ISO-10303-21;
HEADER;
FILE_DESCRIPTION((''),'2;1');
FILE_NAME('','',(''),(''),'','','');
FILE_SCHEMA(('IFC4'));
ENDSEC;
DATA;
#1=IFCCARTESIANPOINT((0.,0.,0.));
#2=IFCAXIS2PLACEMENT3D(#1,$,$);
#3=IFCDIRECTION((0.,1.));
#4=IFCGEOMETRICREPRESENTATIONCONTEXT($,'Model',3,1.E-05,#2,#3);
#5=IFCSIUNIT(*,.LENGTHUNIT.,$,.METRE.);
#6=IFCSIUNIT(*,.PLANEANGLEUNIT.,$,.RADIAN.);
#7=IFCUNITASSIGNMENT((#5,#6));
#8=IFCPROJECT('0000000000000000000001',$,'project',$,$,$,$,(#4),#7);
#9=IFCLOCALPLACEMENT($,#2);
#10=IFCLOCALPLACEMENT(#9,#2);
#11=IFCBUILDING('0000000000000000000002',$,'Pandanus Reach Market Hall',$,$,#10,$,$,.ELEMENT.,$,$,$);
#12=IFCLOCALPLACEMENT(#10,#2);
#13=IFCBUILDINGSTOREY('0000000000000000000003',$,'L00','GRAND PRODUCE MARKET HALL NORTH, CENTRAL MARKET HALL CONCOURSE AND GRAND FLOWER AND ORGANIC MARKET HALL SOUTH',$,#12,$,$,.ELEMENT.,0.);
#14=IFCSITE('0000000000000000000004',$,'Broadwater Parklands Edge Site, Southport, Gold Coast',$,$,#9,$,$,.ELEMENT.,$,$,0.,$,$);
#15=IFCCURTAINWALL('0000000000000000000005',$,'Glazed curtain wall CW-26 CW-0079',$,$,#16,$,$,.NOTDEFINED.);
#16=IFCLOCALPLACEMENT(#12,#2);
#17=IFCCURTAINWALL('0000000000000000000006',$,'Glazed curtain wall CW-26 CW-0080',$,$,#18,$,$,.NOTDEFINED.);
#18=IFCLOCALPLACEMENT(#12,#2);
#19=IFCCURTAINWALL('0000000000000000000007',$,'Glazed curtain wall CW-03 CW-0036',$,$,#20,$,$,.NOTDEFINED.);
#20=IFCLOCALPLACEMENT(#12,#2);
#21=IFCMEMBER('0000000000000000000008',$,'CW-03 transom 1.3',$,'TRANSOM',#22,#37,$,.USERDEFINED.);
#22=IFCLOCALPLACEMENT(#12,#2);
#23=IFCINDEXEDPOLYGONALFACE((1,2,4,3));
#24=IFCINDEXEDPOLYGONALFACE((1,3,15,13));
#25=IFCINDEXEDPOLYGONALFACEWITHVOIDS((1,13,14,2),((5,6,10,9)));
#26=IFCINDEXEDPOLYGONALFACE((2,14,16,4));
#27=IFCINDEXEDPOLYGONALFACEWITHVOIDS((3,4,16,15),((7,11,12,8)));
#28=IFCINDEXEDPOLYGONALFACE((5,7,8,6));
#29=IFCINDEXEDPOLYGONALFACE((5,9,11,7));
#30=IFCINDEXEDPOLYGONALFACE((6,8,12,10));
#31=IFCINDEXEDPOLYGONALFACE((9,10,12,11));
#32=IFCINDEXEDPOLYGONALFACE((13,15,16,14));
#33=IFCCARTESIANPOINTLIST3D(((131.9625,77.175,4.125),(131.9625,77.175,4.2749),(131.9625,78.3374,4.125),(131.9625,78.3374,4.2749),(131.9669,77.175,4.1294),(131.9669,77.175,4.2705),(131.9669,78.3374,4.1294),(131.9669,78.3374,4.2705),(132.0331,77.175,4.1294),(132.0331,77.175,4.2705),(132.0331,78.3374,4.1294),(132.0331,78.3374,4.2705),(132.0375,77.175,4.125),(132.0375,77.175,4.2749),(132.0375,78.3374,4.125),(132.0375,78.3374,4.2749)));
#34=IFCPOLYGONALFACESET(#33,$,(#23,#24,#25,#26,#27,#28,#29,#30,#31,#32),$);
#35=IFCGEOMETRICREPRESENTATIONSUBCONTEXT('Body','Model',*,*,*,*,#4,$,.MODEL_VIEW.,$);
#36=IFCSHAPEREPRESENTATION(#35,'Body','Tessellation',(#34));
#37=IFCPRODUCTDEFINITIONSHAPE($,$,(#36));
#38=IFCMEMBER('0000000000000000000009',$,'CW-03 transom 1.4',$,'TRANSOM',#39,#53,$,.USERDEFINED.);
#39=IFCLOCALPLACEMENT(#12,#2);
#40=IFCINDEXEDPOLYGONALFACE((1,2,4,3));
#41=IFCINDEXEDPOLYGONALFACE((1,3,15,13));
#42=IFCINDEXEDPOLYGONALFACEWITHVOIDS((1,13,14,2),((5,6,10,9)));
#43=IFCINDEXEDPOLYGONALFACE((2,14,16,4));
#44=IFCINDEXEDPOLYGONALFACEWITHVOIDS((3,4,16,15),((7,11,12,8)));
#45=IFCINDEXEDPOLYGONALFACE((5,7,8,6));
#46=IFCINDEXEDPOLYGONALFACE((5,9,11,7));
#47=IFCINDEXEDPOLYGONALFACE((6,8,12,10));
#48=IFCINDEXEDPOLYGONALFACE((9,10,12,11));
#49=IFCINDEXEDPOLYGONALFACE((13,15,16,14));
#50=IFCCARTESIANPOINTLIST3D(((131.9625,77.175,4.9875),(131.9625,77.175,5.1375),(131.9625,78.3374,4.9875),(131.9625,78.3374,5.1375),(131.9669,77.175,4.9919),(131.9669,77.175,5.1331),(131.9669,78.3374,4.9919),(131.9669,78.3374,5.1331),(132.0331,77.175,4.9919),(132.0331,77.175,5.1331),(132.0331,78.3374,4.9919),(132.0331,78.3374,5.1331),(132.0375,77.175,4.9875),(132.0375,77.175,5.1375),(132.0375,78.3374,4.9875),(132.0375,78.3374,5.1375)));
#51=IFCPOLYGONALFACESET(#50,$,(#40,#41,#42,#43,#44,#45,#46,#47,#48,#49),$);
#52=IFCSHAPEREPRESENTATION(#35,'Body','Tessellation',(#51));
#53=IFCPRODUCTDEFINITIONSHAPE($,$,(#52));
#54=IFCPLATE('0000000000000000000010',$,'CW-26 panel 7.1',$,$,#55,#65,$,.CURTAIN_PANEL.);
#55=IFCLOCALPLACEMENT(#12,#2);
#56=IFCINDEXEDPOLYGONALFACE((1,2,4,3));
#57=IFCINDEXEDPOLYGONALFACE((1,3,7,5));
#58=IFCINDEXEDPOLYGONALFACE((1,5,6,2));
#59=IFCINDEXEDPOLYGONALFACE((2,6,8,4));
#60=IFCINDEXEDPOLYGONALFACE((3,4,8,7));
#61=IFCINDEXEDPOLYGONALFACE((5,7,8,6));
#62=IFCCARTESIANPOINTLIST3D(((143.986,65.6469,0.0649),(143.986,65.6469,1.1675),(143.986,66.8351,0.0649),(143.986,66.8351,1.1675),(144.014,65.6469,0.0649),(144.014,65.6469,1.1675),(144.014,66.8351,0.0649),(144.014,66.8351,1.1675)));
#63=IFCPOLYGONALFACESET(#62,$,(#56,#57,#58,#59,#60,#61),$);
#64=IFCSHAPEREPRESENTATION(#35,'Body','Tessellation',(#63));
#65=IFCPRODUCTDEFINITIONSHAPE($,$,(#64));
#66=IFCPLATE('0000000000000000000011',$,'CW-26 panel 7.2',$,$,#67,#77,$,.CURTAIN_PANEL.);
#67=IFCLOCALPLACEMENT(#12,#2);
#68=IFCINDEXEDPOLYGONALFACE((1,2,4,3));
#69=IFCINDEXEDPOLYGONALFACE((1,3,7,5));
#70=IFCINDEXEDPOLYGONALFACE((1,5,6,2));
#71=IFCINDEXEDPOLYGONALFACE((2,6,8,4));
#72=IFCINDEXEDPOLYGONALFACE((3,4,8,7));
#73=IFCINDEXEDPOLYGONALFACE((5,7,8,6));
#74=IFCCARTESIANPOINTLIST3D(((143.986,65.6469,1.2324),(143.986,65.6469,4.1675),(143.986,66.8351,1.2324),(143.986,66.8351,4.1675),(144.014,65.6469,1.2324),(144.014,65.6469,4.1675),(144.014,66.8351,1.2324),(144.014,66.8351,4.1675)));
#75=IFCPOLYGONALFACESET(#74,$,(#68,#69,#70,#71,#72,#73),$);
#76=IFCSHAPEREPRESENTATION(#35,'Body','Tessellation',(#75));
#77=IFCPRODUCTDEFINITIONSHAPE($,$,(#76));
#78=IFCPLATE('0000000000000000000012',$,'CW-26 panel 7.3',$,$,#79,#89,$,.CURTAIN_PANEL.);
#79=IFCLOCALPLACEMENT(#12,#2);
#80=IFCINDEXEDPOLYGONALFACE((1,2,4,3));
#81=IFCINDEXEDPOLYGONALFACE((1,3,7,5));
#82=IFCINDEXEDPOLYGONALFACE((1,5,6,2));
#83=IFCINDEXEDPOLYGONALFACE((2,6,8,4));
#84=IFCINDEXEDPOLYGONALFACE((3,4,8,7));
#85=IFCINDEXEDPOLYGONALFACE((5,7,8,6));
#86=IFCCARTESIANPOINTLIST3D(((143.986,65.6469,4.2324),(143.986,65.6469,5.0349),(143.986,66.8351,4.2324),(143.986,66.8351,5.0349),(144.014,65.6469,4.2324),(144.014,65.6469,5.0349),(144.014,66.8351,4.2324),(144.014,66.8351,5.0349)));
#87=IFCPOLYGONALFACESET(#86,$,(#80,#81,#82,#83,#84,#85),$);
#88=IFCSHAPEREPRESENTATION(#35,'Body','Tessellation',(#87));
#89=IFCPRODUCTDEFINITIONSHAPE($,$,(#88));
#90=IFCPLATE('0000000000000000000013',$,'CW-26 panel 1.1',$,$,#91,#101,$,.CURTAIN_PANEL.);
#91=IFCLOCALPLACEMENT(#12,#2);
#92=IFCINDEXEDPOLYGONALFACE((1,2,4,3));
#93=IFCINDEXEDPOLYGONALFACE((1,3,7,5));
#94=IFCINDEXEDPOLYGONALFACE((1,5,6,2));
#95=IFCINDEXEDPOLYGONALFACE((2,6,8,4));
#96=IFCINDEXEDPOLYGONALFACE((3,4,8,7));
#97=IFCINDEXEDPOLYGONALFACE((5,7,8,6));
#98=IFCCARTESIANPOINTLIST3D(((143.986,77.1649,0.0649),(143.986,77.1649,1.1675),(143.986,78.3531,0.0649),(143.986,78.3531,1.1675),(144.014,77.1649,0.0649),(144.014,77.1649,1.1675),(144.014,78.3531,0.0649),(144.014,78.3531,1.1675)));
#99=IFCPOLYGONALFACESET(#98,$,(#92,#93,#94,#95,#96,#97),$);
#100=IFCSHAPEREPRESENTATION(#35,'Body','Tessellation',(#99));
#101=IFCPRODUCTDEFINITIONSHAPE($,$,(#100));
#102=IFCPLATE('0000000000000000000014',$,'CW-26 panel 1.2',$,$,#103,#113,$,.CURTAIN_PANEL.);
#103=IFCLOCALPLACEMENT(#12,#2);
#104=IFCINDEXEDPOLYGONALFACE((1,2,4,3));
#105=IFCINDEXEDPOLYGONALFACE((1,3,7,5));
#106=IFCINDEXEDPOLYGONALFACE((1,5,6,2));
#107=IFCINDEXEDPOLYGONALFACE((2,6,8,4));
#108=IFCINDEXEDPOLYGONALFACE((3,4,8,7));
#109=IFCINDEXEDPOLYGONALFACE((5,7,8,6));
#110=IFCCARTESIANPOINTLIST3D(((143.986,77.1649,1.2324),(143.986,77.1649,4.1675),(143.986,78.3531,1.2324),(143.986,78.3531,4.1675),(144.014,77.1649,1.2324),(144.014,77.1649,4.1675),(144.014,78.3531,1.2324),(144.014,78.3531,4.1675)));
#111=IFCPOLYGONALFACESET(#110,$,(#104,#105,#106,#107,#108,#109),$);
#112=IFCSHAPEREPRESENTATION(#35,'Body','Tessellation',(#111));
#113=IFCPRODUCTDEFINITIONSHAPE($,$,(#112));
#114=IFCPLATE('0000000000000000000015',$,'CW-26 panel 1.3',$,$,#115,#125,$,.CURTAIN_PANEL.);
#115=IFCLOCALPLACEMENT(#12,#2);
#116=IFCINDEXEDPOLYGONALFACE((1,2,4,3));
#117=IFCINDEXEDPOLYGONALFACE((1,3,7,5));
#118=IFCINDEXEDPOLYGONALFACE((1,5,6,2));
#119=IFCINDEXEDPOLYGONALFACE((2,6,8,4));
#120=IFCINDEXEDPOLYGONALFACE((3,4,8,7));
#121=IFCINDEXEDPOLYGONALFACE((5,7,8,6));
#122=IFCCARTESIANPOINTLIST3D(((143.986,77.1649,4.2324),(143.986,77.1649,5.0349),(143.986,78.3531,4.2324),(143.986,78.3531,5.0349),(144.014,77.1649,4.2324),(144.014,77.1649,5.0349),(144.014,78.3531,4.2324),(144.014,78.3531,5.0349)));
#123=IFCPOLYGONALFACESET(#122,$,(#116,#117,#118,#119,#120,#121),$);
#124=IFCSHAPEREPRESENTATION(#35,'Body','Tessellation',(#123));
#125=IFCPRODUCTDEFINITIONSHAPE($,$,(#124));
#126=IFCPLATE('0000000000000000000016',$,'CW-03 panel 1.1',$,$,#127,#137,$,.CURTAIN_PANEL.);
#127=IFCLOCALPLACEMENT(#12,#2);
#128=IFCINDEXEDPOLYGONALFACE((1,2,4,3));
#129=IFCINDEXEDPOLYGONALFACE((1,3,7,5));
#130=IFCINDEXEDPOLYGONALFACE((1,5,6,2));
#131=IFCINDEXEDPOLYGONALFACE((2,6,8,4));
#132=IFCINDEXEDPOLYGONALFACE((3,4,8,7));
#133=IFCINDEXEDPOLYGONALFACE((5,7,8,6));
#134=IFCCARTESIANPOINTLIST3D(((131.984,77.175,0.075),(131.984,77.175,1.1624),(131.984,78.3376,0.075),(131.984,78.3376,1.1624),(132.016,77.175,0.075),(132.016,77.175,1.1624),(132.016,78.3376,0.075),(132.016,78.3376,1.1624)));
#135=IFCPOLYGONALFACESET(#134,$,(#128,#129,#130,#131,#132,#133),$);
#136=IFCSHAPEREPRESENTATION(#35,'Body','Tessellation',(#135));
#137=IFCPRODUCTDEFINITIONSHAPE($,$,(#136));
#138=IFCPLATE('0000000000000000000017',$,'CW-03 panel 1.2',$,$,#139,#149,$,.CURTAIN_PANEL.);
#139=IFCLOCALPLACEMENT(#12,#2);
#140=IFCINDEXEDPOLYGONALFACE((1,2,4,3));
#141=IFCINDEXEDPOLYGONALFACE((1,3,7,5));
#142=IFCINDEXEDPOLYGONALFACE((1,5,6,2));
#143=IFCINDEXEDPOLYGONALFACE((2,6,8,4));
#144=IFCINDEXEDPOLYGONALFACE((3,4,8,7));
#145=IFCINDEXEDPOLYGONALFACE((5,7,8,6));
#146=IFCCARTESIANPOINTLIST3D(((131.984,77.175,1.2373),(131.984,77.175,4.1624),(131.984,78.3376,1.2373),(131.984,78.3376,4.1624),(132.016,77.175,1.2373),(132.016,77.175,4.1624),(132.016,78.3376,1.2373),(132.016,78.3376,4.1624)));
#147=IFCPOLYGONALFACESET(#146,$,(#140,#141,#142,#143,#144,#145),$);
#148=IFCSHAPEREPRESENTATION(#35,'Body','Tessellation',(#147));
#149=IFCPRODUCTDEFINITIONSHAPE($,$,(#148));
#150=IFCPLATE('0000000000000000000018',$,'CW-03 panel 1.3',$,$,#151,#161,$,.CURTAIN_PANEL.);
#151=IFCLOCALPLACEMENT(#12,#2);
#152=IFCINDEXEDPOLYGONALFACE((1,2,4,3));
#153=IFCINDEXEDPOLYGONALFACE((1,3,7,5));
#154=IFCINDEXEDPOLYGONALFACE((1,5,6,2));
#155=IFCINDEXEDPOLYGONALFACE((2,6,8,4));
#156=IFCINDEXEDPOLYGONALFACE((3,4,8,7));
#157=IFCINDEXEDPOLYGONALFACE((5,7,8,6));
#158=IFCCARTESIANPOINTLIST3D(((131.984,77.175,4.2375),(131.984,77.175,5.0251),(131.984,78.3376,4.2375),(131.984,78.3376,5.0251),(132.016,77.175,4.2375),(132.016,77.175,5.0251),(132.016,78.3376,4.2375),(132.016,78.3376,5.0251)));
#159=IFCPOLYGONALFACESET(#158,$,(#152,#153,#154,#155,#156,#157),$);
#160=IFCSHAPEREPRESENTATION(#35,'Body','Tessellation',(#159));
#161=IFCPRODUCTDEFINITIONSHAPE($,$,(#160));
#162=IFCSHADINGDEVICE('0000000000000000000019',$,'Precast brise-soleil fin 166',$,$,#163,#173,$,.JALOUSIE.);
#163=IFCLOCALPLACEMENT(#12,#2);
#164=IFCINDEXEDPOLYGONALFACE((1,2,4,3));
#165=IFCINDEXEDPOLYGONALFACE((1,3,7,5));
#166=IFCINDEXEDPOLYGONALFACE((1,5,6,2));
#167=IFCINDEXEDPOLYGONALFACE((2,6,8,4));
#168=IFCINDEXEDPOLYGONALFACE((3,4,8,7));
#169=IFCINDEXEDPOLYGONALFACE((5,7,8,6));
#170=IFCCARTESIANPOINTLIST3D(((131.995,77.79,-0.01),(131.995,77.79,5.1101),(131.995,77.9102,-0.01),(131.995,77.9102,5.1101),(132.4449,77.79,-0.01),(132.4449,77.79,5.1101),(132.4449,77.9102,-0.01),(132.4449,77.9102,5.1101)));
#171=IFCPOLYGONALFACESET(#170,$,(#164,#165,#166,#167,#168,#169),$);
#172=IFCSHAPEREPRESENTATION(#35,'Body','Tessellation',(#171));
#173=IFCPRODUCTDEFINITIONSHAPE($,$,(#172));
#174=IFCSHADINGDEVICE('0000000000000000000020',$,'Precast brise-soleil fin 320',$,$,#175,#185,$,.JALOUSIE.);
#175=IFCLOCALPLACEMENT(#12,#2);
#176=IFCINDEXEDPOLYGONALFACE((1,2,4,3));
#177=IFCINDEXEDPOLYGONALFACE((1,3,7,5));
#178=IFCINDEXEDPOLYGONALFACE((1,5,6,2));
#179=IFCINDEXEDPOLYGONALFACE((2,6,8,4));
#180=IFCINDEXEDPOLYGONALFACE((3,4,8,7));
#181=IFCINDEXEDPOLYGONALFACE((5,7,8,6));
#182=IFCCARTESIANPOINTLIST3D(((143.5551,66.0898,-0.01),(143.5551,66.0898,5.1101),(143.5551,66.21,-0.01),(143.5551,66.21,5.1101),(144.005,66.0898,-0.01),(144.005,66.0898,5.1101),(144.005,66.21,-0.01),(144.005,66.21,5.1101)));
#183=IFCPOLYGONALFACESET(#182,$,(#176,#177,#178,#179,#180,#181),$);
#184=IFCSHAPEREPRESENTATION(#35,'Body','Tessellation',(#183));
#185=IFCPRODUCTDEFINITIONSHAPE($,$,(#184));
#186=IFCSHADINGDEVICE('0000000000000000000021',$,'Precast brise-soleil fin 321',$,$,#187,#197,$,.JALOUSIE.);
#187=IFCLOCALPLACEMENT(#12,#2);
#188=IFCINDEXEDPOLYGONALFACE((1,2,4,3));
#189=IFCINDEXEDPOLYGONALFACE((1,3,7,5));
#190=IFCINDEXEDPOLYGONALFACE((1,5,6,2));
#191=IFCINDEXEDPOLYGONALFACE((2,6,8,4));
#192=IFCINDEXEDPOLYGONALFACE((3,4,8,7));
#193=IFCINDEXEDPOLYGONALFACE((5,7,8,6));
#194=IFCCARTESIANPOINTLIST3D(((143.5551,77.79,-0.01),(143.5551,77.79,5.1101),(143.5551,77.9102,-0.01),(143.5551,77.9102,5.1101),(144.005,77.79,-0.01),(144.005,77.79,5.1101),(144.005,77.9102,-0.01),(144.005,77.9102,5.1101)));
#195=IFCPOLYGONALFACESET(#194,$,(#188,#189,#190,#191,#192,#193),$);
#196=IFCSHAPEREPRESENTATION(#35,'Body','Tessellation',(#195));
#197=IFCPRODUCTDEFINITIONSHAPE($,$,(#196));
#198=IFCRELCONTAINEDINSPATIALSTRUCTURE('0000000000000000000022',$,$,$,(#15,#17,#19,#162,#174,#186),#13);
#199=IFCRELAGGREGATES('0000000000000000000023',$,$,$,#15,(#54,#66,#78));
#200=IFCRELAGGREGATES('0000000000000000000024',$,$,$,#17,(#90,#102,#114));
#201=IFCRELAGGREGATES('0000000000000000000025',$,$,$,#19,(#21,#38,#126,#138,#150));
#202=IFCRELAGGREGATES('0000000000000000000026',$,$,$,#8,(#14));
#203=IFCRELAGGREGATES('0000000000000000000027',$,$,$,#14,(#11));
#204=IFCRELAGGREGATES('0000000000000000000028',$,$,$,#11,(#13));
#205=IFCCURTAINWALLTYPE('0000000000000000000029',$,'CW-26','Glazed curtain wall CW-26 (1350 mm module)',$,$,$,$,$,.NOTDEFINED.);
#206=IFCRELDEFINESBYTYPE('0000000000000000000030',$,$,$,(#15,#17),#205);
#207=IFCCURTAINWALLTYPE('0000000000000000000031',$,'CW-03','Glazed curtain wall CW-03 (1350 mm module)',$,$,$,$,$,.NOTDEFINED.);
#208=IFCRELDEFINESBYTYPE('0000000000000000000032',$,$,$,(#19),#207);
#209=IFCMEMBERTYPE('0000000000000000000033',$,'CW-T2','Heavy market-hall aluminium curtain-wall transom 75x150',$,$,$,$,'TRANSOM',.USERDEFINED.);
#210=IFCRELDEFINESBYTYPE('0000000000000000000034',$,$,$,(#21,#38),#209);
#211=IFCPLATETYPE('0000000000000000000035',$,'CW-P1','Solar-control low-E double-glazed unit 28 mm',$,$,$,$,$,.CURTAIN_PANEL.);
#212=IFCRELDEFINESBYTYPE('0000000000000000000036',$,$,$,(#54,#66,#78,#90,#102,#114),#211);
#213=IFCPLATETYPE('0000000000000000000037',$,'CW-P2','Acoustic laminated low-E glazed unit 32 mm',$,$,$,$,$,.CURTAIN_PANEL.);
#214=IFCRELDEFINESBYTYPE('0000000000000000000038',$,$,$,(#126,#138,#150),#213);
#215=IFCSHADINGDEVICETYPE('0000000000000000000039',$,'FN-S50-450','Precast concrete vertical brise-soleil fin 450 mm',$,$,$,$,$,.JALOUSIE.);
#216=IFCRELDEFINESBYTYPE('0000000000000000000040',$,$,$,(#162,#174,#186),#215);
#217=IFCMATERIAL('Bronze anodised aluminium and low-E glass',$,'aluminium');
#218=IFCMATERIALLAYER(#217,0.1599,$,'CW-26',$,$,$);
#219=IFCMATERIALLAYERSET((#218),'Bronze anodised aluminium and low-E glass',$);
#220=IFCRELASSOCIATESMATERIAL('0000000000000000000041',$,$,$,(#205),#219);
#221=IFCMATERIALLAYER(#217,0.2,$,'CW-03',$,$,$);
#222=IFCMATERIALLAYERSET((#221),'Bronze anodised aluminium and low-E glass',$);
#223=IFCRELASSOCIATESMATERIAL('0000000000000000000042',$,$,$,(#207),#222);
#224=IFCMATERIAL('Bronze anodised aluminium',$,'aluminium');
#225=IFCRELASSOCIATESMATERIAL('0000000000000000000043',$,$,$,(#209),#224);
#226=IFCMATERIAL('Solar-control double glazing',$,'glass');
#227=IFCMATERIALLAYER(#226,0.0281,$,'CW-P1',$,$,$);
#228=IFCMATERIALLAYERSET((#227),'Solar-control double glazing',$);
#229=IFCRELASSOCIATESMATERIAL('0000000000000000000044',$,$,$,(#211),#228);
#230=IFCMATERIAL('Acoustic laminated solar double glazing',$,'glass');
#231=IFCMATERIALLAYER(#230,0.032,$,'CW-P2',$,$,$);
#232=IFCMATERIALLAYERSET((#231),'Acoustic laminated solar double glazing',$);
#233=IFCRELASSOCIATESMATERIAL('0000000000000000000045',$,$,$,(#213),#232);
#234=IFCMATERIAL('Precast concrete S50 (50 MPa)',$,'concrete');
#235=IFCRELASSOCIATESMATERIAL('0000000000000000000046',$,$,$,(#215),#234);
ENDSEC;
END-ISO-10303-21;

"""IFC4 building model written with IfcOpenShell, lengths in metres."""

from ifc_helpers import new_model, si_unit, direction, frame, origin, origin_2d, place, context, subcontext, project, spatial, rectangle, hollow_rectangle, extrude, material, layer, layer_set, material_profile, profile_set, type_object, element, aggregate, save


model = new_model("IFC4")

# Units and contexts
model_context = context("Model", 3, precision=1e-05, world=origin(), true_north=direction((0.0, 1.0)))
body_context = subcontext(model_context, "Body", "Model", "MODEL_VIEW")
ifc_project = project(units=[si_unit("LENGTHUNIT", "METRE"), si_unit("PLANEANGLEUNIT", "RADIAN")], contexts=[model_context])

# Site, building, storey
site_placement = place(None, origin())
site = spatial("IfcSite", under=ifc_project, at=site_placement, Name="Broadwater Parklands Edge Site, Southport, Gold Coast", CompositionType="ELEMENT", RefElevation=0.0)
building_placement = place(site_placement, origin())
building = spatial("IfcBuilding", under=site, at=building_placement, Name="Pandanus Reach Market Hall", CompositionType="ELEMENT")
storey_placement = place(building_placement, origin())
storey = spatial("IfcBuildingStorey", under=building, at=storey_placement, Name="L00", Description="GRAND PRODUCE MARKET HALL NORTH, CENTRAL MARKET HALL CONCOURSE AND GRAND FLOWER AND ORGANIC MARKET HALL SOUTH", CompositionType="ELEMENT", Elevation=0.0)

# Curtain walls
ifc_material_1 = material(Name="Bronze anodised aluminium and low-E glass", Category="aluminium")
ifc_layer_1 = layer(ifc_material_1, 0.1599, Name="CW-26")
ifc_layer_set_1 = layer_set([ifc_layer_1], Name="Bronze anodised aluminium and low-E glass")
curtain_wall_type_1 = type_object("IfcCurtainWallType", Name="CW-26", Description="Glazed curtain wall CW-26 (1350 mm module)", PredefinedType="NOTDEFINED", material=ifc_layer_set_1)
curtain_wall_1_placement = place(storey_placement, origin())
curtain_wall_1 = element("IfcCurtainWall", 1, at=curtain_wall_1_placement, inside=storey, type_object=curtain_wall_type_1, Name="Glazed curtain wall CW-26 CW-0079", PredefinedType="NOTDEFINED")
ifc_material_2 = material(Name="Bronze anodised aluminium", Category="aluminium")
curtain_wall_2_placement = place(storey_placement, origin())
curtain_wall_2 = element("IfcCurtainWall", 2, at=curtain_wall_2_placement, inside=storey, type_object=curtain_wall_type_1, Name="Glazed curtain wall CW-26 CW-0080", PredefinedType="NOTDEFINED")
ifc_layer_2 = layer(ifc_material_1, 0.2, Name="CW-03")
ifc_layer_set_2 = layer_set([ifc_layer_2], Name="Bronze anodised aluminium and low-E glass")
curtain_wall_type_2 = type_object("IfcCurtainWallType", Name="CW-03", Description="Glazed curtain wall CW-03 (1350 mm module)", PredefinedType="NOTDEFINED", material=ifc_layer_set_2)
curtain_wall_3_placement = place(storey_placement, origin())
curtain_wall_3 = element("IfcCurtainWall", 3, at=curtain_wall_3_placement, inside=storey, type_object=curtain_wall_type_2, Name="Glazed curtain wall CW-03 CW-0036", PredefinedType="NOTDEFINED")

# Members
ifc_material_profile_1 = material_profile(ifc_material_2, hollow_rectangle(XDim=0.075, YDim=0.1499, WallThickness=0.0044, at=origin_2d()), Name="ALU75x150", Category="LoadBearing")
ifc_profile_set_1 = profile_set([ifc_material_profile_1], Name="Bronze anodised aluminium")
member_type_1 = type_object("IfcMemberType", Name="CW-T2", Description="Heavy market-hall aluminium curtain-wall transom 75x150", ElementType="TRANSOM", PredefinedType="USERDEFINED", material=ifc_profile_set_1)
member_1_placement = place(storey_placement, frame((132.0, 77.175, 4.2), z_axis=(0.0, 1.0, 0.0), x_axis=(-1.0, 0.0, 0.0)))
member_1 = element("IfcMember", 4, at=member_1_placement, type_object=member_type_1, Name="CW-03 transom 1.3", ObjectType="TRANSOM", PredefinedType="USERDEFINED", context=body_context, shape_type="SweptSolid", body=[
    extrude(hollow_rectangle(XDim=0.075, YDim=0.1499, WallThickness=0.0044, at=origin_2d()), origin(), (0.0, 0.0, 1.0), 1.1624),
])
member_2_placement = place(storey_placement, frame((132.0, 77.175, 5.0625), z_axis=(0.0, 1.0, 0.0), x_axis=(-1.0, 0.0, 0.0)))
member_2 = element("IfcMember", 5, at=member_2_placement, type_object=member_type_1, Name="CW-03 transom 1.4", ObjectType="TRANSOM", PredefinedType="USERDEFINED", context=body_context, shape_type="SweptSolid", body=[
    extrude(hollow_rectangle(XDim=0.075, YDim=0.1499, WallThickness=0.0044, at=origin_2d()), origin(), (0.0, 0.0, 1.0), 1.1624),
])

# Plates
ifc_material_3 = material(Name="Solar-control double glazing", Category="glass")
ifc_layer_3 = layer(ifc_material_3, 0.0281, Name="CW-P1")
ifc_layer_set_3 = layer_set([ifc_layer_3], Name="Solar-control double glazing")
plate_type_1 = type_object("IfcPlateType", Name="CW-P1", Description="Solar-control low-E double-glazed unit 28 mm", PredefinedType="CURTAIN_PANEL", material=ifc_layer_set_3)
plate_1_placement = place(storey_placement, frame((144.0, 66.241, 0.0649), z_axis=(0.0, 0.0, 1.0), x_axis=(0.0, 1.0, 0.0)))
plate_1 = element("IfcPlate", 6, at=plate_1_placement, type_object=plate_type_1, Name="CW-26 panel 7.1", PredefinedType="CURTAIN_PANEL", context=body_context, shape_type="SweptSolid", body=[
    extrude(rectangle(XDim=1.1882, YDim=0.0281, at=origin_2d()), origin(), (0.0, 0.0, 1.0), 1.1025),
])
plate_2_placement = place(storey_placement, frame((144.0, 66.241, 1.2324), z_axis=(0.0, 0.0, 1.0), x_axis=(0.0, 1.0, 0.0)))
plate_2 = element("IfcPlate", 7, at=plate_2_placement, type_object=plate_type_1, Name="CW-26 panel 7.2", PredefinedType="CURTAIN_PANEL", context=body_context, shape_type="SweptSolid", body=[
    extrude(rectangle(XDim=1.1882, YDim=0.0281, at=origin_2d()), origin(), (0.0, 0.0, 1.0), 2.9351),
])
plate_3_placement = place(storey_placement, frame((144.0, 66.241, 4.2324), z_axis=(0.0, 0.0, 1.0), x_axis=(0.0, 1.0, 0.0)))
plate_3 = element("IfcPlate", 8, at=plate_3_placement, type_object=plate_type_1, Name="CW-26 panel 7.3", PredefinedType="CURTAIN_PANEL", context=body_context, shape_type="SweptSolid", body=[
    extrude(rectangle(XDim=1.1882, YDim=0.0281, at=origin_2d()), origin(), (0.0, 0.0, 1.0), 0.8025),
])
aggregate(curtain_wall_1, [plate_1, plate_2, plate_3])
plate_4_placement = place(storey_placement, frame((144.0, 77.759, 0.0649), z_axis=(0.0, 0.0, 1.0), x_axis=(0.0, 1.0, 0.0)))
plate_4 = element("IfcPlate", 9, at=plate_4_placement, type_object=plate_type_1, Name="CW-26 panel 1.1", PredefinedType="CURTAIN_PANEL", context=body_context, shape_type="SweptSolid", body=[
    extrude(rectangle(XDim=1.1882, YDim=0.0281, at=origin_2d()), origin(), (0.0, 0.0, 1.0), 1.1025),
])
plate_5_placement = place(storey_placement, frame((144.0, 77.759, 1.2324), z_axis=(0.0, 0.0, 1.0), x_axis=(0.0, 1.0, 0.0)))
plate_5 = element("IfcPlate", 10, at=plate_5_placement, type_object=plate_type_1, Name="CW-26 panel 1.2", PredefinedType="CURTAIN_PANEL", context=body_context, shape_type="SweptSolid", body=[
    extrude(rectangle(XDim=1.1882, YDim=0.0281, at=origin_2d()), origin(), (0.0, 0.0, 1.0), 2.9351),
])
plate_6_placement = place(storey_placement, frame((144.0, 77.759, 4.2324), z_axis=(0.0, 0.0, 1.0), x_axis=(0.0, 1.0, 0.0)))
plate_6 = element("IfcPlate", 11, at=plate_6_placement, type_object=plate_type_1, Name="CW-26 panel 1.3", PredefinedType="CURTAIN_PANEL", context=body_context, shape_type="SweptSolid", body=[
    extrude(rectangle(XDim=1.1882, YDim=0.0281, at=origin_2d()), origin(), (0.0, 0.0, 1.0), 0.8025),
])
aggregate(curtain_wall_2, [plate_4, plate_5, plate_6])
ifc_material_4 = material(Name="Acoustic laminated solar double glazing", Category="glass")
ifc_layer_4 = layer(ifc_material_4, 0.032, Name="CW-P2")
ifc_layer_set_4 = layer_set([ifc_layer_4], Name="Acoustic laminated solar double glazing")
plate_type_2 = type_object("IfcPlateType", Name="CW-P2", Description="Acoustic laminated low-E glazed unit 32 mm", PredefinedType="CURTAIN_PANEL", material=ifc_layer_set_4)
plate_7_placement = place(storey_placement, frame((132.0, 77.7563, 0.075), z_axis=(0.0, 0.0, 1.0), x_axis=(0.0, 1.0, 0.0)))
plate_7 = element("IfcPlate", 12, at=plate_7_placement, type_object=plate_type_2, Name="CW-03 panel 1.1", PredefinedType="CURTAIN_PANEL", context=body_context, shape_type="SweptSolid", body=[
    extrude(rectangle(XDim=1.1626, YDim=0.032, at=origin_2d()), origin(), (0.0, 0.0, 1.0), 1.0874),
])
plate_8_placement = place(storey_placement, frame((132.0, 77.7563, 1.2373), z_axis=(0.0, 0.0, 1.0), x_axis=(0.0, 1.0, 0.0)))
plate_8 = element("IfcPlate", 13, at=plate_8_placement, type_object=plate_type_2, Name="CW-03 panel 1.2", PredefinedType="CURTAIN_PANEL", context=body_context, shape_type="SweptSolid", body=[
    extrude(rectangle(XDim=1.1626, YDim=0.032, at=origin_2d()), origin(), (0.0, 0.0, 1.0), 2.925),
])
plate_9_placement = place(storey_placement, frame((132.0, 77.7563, 4.2375), z_axis=(0.0, 0.0, 1.0), x_axis=(0.0, 1.0, 0.0)))
plate_9 = element("IfcPlate", 14, at=plate_9_placement, type_object=plate_type_2, Name="CW-03 panel 1.3", PredefinedType="CURTAIN_PANEL", context=body_context, shape_type="SweptSolid", body=[
    extrude(rectangle(XDim=1.1626, YDim=0.032, at=origin_2d()), origin(), (0.0, 0.0, 1.0), 0.7876),
])
aggregate(curtain_wall_3, [member_1, member_2, plate_7, plate_8, plate_9])

# Shared definitions
ifc_material_5 = material(Name="Precast concrete S50 (50 MPa)", Category="concrete")

# Shading devices
shading_device_type = type_object("IfcShadingDeviceType", Name="FN-S50-450", Description="Precast concrete vertical brise-soleil fin 450 mm", PredefinedType="JALOUSIE", material=ifc_material_5)
for number, where, z_axis, x_axis, name in (
    (15, (132.22, 77.8501, -0.01), (0.0, 0.0, 1.0), (1.0, 0.0, 0.0), "Precast brise-soleil fin 166"),
    (16, (143.78, 66.1499, -0.01), (0.0, 0.0, 1.0), (-1.0, 0.0, 0.0), "Precast brise-soleil fin 320"),
    (17, (143.78, 77.8501, -0.01), (0.0, 0.0, 1.0), (-1.0, 0.0, 0.0), "Precast brise-soleil fin 321"),
):
    element("IfcShadingDevice", number, at=place(storey_placement, frame(where, z_axis=z_axis, x_axis=x_axis)), inside=storey, type_object=shading_device_type, Name=name, PredefinedType="JALOUSIE", context=body_context, shape_type="SweptSolid", body=[
        extrude(rectangle(XDim=0.45, YDim=0.1201, at=origin_2d()), origin(), (0.0, 0.0, 1.0), 5.1201),
    ])

save(model, "model.ifc")
